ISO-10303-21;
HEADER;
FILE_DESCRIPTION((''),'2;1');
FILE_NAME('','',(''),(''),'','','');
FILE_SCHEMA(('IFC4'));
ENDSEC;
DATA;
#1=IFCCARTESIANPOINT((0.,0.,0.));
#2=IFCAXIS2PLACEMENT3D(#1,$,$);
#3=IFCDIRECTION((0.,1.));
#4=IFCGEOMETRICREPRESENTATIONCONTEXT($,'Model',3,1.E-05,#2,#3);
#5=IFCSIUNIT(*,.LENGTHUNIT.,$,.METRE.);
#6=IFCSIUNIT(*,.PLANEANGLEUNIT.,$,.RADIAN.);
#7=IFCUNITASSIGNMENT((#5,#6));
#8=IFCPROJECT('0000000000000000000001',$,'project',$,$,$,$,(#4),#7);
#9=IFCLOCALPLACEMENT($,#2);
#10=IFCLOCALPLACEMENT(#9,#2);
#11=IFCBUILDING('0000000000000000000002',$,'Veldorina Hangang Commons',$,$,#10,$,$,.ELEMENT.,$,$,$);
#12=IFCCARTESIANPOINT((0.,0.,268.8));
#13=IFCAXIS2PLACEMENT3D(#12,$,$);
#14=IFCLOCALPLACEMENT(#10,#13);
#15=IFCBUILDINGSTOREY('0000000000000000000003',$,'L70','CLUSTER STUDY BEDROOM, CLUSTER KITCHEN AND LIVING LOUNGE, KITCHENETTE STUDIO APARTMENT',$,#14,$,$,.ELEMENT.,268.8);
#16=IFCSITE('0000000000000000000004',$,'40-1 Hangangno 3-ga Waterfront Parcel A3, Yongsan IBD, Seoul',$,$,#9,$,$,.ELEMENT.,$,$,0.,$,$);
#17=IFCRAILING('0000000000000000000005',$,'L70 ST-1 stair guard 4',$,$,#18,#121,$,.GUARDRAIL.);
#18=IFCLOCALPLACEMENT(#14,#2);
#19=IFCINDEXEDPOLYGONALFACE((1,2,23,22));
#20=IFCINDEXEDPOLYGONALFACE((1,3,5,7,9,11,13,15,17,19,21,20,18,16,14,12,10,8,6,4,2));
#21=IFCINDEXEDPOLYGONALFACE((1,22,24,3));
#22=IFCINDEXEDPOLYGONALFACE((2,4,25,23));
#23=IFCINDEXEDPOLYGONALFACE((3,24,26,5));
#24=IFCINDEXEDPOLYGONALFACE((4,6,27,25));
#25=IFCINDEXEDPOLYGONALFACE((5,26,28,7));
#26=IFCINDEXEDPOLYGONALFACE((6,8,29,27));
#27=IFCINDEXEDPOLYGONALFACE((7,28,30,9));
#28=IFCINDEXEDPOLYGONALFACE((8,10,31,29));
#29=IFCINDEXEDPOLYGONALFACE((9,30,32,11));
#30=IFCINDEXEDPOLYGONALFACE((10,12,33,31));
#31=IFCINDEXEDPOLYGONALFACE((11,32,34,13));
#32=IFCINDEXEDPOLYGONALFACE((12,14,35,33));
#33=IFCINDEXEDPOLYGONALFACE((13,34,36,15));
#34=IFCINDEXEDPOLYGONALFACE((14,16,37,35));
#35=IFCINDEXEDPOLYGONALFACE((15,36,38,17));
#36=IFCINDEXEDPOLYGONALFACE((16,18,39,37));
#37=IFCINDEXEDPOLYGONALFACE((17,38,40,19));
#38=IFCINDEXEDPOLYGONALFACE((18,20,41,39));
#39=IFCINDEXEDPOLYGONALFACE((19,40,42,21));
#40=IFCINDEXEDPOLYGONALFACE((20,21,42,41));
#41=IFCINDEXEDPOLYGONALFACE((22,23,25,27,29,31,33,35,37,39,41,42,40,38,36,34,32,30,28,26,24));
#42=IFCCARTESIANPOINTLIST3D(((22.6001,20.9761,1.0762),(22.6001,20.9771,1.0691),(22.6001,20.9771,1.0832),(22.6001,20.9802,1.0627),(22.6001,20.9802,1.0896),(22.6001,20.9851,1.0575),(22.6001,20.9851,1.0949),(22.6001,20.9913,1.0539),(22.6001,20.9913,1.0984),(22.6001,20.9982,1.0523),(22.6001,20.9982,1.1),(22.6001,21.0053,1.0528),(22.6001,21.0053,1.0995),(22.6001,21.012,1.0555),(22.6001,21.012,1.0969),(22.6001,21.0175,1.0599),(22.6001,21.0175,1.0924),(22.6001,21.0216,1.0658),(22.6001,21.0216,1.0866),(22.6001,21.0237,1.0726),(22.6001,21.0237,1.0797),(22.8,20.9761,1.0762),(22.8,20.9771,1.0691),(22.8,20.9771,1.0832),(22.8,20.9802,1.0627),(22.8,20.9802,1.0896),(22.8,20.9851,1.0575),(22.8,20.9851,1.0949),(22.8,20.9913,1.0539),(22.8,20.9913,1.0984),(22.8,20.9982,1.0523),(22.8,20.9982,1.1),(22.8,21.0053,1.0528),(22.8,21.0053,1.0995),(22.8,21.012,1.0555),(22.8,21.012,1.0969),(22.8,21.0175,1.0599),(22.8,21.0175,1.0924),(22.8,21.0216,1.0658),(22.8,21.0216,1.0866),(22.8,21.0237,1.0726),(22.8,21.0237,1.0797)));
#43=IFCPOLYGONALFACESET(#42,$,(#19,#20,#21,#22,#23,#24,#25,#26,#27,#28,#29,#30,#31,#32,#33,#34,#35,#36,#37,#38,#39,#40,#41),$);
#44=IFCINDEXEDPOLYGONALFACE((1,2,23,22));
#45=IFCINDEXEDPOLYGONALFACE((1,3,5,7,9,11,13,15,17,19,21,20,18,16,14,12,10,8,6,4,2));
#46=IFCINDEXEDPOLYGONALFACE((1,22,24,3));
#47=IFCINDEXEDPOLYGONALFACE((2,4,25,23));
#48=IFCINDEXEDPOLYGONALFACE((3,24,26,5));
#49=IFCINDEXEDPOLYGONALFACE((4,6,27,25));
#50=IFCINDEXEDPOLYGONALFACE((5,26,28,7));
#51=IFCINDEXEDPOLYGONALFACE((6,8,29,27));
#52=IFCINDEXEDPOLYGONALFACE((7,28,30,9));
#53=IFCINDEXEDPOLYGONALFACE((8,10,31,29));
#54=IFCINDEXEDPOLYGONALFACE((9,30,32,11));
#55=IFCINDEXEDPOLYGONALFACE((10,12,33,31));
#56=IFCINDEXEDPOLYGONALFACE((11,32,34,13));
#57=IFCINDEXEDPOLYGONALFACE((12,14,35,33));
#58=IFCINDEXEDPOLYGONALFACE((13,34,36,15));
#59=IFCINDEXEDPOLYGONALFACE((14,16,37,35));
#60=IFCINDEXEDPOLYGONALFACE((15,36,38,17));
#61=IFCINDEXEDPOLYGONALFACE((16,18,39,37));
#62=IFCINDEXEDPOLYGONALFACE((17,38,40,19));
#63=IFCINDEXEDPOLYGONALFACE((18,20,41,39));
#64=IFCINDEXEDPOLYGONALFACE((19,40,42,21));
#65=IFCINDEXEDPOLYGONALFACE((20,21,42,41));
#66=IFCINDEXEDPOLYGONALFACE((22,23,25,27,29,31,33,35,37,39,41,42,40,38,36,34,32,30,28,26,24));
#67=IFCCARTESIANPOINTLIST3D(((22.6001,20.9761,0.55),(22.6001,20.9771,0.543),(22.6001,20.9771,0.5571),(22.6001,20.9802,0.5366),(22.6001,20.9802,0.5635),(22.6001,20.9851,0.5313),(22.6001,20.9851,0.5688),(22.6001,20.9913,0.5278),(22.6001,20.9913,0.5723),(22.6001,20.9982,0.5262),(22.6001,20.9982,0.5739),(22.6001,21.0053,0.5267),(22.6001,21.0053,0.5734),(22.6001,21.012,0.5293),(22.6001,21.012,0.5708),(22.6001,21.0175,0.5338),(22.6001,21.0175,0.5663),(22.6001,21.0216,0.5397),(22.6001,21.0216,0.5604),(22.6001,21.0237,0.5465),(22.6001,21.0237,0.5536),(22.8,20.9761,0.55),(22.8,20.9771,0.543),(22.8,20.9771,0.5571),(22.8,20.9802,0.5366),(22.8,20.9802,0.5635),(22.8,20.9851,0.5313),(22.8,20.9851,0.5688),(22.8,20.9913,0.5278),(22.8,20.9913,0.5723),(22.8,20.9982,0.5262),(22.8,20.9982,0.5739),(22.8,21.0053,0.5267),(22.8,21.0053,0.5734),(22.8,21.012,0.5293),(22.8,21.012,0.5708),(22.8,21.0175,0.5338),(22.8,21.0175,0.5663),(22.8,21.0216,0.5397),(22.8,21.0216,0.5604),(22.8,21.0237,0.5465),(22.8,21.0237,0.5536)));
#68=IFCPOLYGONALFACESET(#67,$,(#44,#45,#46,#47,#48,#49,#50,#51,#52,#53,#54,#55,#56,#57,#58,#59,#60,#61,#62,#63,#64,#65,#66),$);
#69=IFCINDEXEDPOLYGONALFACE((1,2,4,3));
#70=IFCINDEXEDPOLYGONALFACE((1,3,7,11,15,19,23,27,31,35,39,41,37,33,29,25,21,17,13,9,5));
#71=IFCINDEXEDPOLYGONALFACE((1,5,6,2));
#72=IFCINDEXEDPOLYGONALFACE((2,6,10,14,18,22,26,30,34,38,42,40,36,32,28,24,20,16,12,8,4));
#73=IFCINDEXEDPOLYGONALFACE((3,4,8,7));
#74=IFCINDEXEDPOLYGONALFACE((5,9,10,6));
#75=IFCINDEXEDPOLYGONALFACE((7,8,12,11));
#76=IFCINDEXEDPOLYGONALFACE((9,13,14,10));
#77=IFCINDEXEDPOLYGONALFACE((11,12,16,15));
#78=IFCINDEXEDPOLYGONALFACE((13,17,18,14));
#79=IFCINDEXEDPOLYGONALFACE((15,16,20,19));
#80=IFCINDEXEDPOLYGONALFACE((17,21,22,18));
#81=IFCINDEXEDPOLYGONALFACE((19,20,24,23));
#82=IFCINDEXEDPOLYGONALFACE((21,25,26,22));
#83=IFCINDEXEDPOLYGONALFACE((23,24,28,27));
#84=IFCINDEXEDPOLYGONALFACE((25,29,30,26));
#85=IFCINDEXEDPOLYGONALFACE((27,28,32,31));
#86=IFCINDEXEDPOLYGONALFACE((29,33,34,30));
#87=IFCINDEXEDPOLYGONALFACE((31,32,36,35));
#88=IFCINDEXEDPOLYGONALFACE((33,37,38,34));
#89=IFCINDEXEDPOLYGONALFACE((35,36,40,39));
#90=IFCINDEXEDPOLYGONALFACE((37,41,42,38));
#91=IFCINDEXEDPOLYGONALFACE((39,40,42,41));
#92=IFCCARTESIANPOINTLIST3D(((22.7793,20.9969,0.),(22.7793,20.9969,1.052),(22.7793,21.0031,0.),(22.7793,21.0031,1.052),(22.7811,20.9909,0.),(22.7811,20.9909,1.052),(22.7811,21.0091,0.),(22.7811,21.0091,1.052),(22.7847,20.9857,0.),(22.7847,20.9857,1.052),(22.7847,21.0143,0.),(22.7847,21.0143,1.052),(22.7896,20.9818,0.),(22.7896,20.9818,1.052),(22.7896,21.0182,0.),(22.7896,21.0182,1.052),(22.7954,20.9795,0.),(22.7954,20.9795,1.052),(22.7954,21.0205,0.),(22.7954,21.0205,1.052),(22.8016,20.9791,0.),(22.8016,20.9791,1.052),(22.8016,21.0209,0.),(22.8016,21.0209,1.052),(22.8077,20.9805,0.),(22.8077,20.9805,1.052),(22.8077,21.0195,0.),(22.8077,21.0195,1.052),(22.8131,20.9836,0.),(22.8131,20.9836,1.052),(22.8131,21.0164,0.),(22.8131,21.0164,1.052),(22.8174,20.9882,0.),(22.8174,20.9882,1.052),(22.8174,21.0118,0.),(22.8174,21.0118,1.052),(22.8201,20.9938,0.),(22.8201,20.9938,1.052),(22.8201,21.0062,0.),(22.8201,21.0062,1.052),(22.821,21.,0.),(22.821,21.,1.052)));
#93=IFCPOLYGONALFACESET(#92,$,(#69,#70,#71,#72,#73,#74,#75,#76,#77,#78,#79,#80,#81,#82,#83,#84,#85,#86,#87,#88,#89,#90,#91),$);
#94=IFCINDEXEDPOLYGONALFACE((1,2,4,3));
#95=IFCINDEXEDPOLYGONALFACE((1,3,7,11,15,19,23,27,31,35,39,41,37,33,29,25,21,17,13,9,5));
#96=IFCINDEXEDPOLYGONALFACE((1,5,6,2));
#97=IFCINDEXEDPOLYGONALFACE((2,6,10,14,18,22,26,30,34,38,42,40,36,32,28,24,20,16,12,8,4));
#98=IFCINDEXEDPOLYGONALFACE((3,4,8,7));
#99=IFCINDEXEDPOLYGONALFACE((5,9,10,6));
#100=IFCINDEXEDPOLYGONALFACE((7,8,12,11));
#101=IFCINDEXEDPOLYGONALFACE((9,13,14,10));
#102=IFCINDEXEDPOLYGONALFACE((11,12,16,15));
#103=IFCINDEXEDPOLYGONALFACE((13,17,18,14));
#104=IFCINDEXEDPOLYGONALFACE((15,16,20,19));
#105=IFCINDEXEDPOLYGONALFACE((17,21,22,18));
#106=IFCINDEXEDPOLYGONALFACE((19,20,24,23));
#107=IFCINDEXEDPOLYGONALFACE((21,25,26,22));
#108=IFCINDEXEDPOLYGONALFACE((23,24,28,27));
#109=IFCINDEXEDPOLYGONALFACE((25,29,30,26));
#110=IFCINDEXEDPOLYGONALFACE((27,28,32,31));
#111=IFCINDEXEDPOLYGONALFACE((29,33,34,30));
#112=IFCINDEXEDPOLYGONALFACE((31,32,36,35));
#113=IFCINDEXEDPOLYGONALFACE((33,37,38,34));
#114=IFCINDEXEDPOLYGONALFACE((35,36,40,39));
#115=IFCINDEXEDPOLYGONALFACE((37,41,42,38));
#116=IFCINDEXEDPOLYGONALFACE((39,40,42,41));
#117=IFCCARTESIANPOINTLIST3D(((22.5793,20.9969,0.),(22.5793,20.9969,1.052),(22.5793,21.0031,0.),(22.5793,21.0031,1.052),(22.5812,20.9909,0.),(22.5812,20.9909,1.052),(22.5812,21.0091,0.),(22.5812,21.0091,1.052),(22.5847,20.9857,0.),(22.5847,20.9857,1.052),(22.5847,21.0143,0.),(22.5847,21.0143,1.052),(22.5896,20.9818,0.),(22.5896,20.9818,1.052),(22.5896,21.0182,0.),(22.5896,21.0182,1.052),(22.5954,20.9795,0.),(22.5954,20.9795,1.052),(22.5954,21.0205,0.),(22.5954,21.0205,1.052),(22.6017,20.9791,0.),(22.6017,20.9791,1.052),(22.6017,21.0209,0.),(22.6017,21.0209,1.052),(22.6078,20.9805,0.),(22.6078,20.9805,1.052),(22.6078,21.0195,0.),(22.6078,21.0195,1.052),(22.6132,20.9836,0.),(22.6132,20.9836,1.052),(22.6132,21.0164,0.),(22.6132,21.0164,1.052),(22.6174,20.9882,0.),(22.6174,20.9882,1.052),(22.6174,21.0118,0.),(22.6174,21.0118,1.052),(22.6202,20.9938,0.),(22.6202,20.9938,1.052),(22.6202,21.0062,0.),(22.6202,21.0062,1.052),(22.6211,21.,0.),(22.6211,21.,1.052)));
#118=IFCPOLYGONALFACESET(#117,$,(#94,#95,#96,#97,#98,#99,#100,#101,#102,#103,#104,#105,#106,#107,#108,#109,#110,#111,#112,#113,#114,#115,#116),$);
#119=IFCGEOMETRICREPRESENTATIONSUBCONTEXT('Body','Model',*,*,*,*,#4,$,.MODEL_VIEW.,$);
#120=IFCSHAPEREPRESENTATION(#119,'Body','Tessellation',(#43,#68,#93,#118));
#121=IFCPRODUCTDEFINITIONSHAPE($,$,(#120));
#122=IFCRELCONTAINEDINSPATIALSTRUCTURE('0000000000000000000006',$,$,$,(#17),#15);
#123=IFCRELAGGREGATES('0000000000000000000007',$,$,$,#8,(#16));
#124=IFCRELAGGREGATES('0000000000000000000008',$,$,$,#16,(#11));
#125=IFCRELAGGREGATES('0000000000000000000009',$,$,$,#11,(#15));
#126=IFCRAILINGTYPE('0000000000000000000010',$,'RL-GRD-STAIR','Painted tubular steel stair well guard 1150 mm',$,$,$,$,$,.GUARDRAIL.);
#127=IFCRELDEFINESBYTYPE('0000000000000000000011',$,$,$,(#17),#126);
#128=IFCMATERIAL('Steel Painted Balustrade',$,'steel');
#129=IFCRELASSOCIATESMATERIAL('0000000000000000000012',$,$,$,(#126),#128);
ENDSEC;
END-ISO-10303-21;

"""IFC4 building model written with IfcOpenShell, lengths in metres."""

from ifc_helpers import new_model, si_unit, direction, frame, origin, origin_2d, place, context, subcontext, project, spatial, circle, extrude, material, type_object, element, save


model = new_model("IFC4")

# Units and contexts
model_context = context("Model", 3, precision=1e-05, world=origin(), true_north=direction((0.0, 1.0)))
body_context = subcontext(model_context, "Body", "Model", "MODEL_VIEW")
ifc_project = project(units=[si_unit("LENGTHUNIT", "METRE"), si_unit("PLANEANGLEUNIT", "RADIAN")], contexts=[model_context])

# Site, building, storey
site_placement = place(None, origin())
site = spatial("IfcSite", under=ifc_project, at=site_placement, Name="40-1 Hangangno 3-ga Waterfront Parcel A3, Yongsan IBD, Seoul", CompositionType="ELEMENT", RefElevation=0.0)
building_placement = place(site_placement, origin())
building = spatial("IfcBuilding", under=site, at=building_placement, Name="Veldorina Hangang Commons", CompositionType="ELEMENT")
storey_placement = place(building_placement, frame((0.0, 0.0, 268.8)))
storey = spatial("IfcBuildingStorey", under=building, at=storey_placement, Name="L70", Description="CLUSTER STUDY BEDROOM, CLUSTER KITCHEN AND LIVING LOUNGE, KITCHENETTE STUDIO APARTMENT", CompositionType="ELEMENT", Elevation=268.8)

# Railing
ifc_material_1 = material(Name="Steel Painted Balustrade", Category="steel")
railing_type_1 = type_object("IfcRailingType", Name="RL-GRD-STAIR", Description="Painted tubular steel stair well guard 1150 mm", PredefinedType="GUARDRAIL", material=ifc_material_1)
railing_1_placement = place(storey_placement, frame((22.8, 21.0, 0.0)))
element("IfcRailing", 1, at=railing_1_placement, inside=storey, type_object=railing_type_1, Name="L70 ST-1 stair guard 4", PredefinedType="GUARDRAIL", context=body_context, shape_type="SweptSolid", body=[
    extrude(circle(Radius=0.0239, at=origin_2d()), frame((0.0, 0.0, 1.0762), z_axis=(-1.0, 0.0, 0.0), x_axis=(0.0, -1.0, 0.0)), (0.0, 0.0, 1.0), 0.2),
    extrude(circle(Radius=0.0239, at=origin_2d()), frame((0.0, 0.0, 0.55), z_axis=(-1.0, 0.0, 0.0), x_axis=(0.0, -1.0, 0.0)), (0.0, 0.0, 1.0), 0.2),
    extrude(circle(Radius=0.021, at=origin_2d()), origin(), (0.0, 0.0, 1.0), 1.052),
    extrude(circle(Radius=0.021, at=origin_2d()), frame((-0.2, 0.0, 0.0)), (0.0, 0.0, 1.0), 1.052),
])

save(model, "model.ifc")
